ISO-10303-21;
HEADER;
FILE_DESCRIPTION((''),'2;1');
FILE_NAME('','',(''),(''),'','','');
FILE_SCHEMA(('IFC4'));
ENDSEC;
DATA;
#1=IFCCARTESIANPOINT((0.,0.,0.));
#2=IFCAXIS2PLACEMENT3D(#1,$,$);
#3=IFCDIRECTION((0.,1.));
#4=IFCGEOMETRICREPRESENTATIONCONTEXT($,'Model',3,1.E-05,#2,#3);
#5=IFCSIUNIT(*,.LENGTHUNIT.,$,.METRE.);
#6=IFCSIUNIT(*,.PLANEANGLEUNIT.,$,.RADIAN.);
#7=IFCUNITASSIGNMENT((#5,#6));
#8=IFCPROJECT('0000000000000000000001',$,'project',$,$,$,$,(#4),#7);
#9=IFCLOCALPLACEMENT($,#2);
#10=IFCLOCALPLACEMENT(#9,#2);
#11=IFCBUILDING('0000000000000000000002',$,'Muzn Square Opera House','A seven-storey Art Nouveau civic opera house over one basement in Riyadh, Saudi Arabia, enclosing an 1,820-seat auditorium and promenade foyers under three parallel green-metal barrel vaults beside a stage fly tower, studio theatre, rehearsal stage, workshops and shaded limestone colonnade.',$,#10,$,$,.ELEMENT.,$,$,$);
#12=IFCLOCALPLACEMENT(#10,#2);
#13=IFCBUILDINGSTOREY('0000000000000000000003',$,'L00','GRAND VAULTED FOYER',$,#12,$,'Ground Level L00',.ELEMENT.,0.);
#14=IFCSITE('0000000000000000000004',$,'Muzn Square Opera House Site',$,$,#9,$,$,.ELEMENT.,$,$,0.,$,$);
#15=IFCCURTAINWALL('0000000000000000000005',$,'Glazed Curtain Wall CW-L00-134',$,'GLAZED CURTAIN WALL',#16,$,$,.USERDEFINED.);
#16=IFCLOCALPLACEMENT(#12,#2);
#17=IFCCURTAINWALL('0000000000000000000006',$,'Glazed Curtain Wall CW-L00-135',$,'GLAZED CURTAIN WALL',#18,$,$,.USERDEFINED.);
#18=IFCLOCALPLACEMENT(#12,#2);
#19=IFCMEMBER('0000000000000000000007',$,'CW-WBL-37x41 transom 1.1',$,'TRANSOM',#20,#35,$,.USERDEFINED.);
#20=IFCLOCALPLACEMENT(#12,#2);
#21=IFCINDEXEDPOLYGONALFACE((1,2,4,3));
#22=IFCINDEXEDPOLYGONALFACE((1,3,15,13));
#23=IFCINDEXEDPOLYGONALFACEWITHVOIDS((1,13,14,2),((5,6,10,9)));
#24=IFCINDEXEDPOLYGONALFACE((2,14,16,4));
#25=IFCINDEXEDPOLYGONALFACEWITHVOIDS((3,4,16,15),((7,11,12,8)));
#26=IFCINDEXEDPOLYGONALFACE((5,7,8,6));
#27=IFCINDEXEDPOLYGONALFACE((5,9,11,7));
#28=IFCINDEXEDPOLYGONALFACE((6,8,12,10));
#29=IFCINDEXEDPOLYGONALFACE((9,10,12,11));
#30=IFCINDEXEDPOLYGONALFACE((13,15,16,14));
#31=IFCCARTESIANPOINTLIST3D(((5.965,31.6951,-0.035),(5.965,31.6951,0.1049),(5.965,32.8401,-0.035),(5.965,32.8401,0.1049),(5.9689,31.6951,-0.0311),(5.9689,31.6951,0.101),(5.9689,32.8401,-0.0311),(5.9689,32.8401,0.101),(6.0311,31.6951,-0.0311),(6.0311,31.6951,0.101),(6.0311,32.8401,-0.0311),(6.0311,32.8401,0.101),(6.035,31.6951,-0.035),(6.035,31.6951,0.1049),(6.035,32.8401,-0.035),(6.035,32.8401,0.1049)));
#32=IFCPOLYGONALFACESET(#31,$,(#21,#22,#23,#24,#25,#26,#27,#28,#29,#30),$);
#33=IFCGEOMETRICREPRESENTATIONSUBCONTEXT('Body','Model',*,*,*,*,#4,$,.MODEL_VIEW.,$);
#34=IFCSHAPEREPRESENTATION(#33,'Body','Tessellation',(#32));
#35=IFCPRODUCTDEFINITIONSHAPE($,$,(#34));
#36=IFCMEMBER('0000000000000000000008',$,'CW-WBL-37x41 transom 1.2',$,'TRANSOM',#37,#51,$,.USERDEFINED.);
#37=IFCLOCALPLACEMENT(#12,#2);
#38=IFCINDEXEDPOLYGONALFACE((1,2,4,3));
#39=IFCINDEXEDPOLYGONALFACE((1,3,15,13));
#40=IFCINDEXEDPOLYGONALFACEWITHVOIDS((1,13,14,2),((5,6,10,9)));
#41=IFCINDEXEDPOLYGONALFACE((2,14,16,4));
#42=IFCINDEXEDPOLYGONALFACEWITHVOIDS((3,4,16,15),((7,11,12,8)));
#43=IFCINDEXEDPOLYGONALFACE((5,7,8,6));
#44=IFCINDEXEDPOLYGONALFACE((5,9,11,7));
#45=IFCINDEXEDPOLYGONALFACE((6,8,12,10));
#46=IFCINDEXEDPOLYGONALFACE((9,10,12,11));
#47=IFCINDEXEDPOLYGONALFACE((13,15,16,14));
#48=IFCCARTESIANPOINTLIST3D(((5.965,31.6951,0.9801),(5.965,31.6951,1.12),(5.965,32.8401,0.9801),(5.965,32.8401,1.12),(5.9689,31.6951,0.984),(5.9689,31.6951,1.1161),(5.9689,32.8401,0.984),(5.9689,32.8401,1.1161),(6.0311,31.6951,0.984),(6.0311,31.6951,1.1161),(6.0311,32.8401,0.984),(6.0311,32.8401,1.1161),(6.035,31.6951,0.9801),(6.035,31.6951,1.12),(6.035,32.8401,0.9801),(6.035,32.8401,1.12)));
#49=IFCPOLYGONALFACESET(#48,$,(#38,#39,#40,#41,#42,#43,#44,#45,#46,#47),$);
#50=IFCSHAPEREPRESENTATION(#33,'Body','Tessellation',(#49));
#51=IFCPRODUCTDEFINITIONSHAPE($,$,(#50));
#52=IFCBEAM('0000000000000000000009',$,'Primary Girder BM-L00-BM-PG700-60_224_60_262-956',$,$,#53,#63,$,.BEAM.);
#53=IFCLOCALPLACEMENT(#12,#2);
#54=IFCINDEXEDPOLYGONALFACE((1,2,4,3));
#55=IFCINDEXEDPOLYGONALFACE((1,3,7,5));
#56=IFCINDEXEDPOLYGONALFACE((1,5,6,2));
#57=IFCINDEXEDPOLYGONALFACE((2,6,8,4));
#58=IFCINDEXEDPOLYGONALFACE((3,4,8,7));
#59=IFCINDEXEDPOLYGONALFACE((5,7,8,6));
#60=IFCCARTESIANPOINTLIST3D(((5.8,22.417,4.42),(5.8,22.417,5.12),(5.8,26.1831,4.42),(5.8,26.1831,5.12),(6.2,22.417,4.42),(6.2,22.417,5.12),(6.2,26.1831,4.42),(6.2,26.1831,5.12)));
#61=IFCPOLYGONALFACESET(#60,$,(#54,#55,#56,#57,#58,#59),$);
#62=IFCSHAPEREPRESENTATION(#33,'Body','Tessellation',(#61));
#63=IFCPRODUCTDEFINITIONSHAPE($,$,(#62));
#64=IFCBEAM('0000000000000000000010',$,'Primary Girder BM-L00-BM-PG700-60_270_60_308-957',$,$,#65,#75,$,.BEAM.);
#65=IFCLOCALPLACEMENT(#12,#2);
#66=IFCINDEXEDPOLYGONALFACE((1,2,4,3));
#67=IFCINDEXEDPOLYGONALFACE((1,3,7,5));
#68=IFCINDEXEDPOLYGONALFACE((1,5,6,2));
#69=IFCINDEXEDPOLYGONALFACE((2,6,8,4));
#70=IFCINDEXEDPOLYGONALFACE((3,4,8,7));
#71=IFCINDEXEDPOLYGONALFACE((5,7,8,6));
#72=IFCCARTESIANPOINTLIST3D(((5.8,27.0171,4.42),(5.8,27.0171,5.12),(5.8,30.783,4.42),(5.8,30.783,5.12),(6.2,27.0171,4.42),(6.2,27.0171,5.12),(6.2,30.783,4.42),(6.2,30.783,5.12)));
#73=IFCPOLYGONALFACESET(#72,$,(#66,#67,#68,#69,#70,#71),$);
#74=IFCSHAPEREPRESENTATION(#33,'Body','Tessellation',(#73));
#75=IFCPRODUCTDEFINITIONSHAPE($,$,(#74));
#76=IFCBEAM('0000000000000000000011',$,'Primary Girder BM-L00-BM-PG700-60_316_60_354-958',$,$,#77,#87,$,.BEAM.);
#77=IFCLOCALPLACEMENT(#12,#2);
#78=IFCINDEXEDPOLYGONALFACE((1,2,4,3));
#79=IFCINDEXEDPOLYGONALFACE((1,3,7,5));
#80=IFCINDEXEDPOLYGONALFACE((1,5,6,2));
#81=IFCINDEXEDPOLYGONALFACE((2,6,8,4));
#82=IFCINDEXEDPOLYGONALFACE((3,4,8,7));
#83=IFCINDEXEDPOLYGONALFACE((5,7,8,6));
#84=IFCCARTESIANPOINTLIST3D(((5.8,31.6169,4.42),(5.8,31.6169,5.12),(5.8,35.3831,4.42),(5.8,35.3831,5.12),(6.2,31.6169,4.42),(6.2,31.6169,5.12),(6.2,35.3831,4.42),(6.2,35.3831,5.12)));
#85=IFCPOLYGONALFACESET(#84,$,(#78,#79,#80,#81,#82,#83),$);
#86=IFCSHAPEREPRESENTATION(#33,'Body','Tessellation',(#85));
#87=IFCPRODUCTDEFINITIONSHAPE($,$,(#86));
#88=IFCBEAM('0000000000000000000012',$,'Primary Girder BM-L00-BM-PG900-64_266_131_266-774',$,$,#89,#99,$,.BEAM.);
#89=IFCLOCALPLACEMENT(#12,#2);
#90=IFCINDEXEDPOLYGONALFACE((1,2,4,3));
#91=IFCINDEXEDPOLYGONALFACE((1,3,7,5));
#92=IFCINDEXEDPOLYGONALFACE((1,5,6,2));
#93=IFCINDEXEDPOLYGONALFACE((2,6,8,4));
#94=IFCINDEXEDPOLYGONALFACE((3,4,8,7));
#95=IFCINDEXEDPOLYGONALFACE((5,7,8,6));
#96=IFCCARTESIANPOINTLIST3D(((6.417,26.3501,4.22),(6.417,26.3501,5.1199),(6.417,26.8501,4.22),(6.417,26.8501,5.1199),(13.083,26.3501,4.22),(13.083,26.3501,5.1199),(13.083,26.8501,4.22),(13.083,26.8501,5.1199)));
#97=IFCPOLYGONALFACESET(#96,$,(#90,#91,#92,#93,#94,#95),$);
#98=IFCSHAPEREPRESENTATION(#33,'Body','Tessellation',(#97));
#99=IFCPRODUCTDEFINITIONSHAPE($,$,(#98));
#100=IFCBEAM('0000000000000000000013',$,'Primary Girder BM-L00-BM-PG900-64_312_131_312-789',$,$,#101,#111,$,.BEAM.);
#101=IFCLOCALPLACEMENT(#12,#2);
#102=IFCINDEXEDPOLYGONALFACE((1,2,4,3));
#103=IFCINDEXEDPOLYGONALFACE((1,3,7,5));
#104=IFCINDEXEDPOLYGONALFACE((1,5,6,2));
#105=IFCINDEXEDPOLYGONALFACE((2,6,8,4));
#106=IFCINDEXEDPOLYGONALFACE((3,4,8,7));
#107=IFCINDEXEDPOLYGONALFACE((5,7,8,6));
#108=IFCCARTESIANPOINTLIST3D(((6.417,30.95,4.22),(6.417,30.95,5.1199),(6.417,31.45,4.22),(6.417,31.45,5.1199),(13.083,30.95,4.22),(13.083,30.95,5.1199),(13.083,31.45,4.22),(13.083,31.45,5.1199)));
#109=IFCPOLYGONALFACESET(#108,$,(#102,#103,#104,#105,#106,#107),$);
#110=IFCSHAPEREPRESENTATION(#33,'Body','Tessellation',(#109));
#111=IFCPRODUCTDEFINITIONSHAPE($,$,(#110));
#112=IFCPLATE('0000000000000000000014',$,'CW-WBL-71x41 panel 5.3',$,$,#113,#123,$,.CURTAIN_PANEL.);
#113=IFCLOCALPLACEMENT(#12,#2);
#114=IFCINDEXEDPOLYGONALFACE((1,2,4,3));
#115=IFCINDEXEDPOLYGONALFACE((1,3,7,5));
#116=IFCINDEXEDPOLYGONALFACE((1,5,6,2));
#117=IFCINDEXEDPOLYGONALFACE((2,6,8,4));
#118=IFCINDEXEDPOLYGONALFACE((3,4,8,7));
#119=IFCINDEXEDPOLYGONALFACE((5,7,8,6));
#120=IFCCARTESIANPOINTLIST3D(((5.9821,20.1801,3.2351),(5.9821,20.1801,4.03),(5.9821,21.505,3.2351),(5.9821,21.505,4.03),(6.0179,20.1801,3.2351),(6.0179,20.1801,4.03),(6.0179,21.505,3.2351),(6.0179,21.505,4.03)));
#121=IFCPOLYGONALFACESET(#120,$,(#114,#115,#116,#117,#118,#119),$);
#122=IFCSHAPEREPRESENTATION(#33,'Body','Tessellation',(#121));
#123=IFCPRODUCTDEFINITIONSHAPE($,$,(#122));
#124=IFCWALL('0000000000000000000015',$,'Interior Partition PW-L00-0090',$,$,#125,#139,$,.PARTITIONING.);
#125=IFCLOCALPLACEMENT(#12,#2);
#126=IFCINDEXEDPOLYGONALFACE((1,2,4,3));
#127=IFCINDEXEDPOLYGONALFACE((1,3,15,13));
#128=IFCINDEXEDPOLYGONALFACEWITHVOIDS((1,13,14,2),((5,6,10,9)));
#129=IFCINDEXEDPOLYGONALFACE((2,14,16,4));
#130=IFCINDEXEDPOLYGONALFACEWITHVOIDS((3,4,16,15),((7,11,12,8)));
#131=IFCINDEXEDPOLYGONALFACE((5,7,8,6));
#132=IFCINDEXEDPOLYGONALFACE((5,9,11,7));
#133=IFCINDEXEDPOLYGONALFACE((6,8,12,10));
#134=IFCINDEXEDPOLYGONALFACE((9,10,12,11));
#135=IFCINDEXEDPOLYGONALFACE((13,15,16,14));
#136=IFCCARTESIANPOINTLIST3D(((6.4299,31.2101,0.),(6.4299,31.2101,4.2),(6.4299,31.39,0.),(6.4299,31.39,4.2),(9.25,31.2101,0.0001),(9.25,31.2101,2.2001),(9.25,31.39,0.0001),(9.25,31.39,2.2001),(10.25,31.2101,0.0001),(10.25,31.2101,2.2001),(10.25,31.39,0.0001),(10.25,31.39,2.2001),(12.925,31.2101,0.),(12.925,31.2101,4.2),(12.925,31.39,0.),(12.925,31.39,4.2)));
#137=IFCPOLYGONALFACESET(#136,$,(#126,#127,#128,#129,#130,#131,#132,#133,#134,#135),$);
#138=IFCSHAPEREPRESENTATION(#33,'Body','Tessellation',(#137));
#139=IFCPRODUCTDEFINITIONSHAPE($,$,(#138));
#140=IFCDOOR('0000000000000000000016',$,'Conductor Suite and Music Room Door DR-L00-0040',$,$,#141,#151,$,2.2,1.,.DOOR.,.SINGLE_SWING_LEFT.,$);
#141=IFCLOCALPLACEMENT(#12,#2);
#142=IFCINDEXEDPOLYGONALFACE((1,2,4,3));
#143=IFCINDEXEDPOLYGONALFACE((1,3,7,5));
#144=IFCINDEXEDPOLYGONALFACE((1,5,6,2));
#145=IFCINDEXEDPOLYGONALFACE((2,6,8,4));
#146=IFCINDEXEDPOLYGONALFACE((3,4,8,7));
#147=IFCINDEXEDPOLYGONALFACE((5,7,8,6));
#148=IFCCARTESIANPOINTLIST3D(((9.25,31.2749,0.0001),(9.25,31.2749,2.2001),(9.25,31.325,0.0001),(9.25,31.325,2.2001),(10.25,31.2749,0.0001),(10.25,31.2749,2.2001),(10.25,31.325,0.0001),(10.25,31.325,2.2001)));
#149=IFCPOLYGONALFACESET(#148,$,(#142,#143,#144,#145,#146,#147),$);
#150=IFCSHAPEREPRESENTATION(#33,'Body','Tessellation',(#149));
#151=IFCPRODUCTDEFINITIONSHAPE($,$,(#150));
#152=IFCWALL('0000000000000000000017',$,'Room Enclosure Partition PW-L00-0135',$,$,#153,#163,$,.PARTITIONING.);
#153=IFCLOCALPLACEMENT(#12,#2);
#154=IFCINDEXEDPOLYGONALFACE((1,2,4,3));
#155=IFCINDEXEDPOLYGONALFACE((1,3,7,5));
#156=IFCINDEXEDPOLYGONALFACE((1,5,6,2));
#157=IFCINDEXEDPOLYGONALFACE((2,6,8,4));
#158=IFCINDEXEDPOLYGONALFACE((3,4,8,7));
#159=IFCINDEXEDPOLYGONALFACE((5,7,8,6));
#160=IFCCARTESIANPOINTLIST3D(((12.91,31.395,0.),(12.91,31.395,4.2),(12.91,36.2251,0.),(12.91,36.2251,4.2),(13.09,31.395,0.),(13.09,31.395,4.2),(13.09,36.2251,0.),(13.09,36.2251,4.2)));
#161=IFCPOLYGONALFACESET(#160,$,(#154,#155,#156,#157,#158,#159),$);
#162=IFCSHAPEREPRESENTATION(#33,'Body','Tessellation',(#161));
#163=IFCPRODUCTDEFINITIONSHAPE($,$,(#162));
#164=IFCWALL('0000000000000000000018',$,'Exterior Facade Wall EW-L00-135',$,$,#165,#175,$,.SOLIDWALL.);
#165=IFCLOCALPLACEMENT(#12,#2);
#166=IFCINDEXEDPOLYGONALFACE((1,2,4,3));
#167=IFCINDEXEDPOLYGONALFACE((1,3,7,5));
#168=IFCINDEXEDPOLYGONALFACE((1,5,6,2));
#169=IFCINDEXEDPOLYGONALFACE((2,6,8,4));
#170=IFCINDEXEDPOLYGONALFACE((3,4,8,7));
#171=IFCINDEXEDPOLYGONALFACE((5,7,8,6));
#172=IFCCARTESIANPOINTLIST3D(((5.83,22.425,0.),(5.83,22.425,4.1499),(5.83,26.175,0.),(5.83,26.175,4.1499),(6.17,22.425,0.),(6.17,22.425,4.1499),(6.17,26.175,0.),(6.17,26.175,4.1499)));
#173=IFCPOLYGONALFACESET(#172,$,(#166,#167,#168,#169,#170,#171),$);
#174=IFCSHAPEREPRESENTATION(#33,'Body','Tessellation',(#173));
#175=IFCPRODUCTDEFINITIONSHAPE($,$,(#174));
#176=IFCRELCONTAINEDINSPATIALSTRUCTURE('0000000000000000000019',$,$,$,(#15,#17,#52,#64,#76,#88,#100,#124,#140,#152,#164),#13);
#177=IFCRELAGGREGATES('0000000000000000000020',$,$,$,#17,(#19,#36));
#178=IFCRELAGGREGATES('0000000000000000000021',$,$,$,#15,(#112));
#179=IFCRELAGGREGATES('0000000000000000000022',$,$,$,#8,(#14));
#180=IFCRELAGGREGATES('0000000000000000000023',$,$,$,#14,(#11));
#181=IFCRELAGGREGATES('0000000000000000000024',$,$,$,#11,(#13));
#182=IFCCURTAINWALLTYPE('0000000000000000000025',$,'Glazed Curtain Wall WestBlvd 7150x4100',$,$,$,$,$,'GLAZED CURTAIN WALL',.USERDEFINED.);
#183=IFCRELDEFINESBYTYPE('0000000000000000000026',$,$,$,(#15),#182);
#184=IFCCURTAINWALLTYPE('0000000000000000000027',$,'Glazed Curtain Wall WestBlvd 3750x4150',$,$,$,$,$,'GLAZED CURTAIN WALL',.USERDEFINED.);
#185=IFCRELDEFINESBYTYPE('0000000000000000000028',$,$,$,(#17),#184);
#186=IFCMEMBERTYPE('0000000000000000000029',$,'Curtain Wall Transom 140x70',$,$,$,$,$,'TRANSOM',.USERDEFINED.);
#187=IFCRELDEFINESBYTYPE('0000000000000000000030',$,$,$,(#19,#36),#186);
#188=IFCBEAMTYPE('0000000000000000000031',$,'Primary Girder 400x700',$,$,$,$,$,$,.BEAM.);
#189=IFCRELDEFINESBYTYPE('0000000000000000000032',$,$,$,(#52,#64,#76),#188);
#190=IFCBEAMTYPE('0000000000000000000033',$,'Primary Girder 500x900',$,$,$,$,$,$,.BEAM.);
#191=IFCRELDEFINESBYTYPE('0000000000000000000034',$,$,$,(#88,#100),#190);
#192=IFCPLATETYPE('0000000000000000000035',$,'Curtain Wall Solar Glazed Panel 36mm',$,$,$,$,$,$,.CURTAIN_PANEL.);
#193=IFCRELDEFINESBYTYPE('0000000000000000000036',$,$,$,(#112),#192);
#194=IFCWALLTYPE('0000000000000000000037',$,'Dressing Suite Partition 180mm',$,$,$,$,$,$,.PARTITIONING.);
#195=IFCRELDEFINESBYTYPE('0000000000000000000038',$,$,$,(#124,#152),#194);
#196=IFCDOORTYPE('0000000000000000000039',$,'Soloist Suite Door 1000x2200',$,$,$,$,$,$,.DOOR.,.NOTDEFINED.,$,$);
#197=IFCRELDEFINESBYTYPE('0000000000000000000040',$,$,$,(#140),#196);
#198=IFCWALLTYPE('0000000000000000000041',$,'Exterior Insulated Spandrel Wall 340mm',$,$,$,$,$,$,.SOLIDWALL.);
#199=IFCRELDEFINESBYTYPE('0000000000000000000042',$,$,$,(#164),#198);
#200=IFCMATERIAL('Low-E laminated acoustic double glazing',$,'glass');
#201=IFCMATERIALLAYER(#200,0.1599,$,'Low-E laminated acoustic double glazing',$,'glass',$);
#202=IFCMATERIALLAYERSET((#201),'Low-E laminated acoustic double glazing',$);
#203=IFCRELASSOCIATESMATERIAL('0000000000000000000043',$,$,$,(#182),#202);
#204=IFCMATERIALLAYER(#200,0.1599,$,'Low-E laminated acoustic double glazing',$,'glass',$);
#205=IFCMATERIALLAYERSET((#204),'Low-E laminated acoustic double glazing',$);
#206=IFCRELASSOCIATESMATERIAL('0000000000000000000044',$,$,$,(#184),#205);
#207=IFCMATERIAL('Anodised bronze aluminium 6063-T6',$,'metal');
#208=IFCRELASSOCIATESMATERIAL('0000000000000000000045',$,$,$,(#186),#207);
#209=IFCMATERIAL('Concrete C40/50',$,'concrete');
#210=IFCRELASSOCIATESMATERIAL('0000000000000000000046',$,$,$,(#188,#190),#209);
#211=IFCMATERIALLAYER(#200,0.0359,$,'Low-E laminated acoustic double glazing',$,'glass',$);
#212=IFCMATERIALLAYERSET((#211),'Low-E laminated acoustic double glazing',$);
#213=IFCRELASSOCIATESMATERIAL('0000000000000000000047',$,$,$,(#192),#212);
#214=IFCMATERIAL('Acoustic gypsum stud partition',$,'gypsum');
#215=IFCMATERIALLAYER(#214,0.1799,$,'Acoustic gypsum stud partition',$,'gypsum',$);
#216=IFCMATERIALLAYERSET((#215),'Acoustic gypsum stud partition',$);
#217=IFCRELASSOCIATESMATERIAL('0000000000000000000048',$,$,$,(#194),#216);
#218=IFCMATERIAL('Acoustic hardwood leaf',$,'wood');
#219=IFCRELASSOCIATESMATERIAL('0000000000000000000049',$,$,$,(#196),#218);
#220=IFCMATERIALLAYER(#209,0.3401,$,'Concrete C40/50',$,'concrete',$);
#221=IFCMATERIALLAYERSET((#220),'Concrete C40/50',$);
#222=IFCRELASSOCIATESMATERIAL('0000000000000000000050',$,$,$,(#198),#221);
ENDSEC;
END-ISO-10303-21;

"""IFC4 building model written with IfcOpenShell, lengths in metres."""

from ifc_helpers import new_model, si_unit, direction, frame, frame_2d, origin, origin_2d, place, context, subcontext, project, spatial, rectangle, hollow_rectangle, extrude, material, layer, layer_set, material_profile, profile_set, type_object, element, fill, aggregate, save


model = new_model("IFC4")

# Units and contexts
model_context = context("Model", 3, precision=1e-05, world=origin(), true_north=direction((0.0, 1.0)))
body_context = subcontext(model_context, "Body", "Model", "MODEL_VIEW")
ifc_project = project(units=[si_unit("LENGTHUNIT", "METRE"), si_unit("PLANEANGLEUNIT", "RADIAN")], contexts=[model_context])

# Site, building, storey
site_placement = place(None, origin())
site = spatial("IfcSite", under=ifc_project, at=site_placement, Name="Muzn Square Opera House Site", CompositionType="ELEMENT", RefElevation=0.0)
building_placement = place(site_placement, origin())
building = spatial("IfcBuilding", under=site, at=building_placement, Name="Muzn Square Opera House", Description="A seven-storey Art Nouveau civic opera house over one basement in Riyadh, Saudi Arabia, enclosing an 1,820-seat auditorium and promenade foyers under three parallel green-metal barrel vaults beside a stage fly tower, studio theatre, rehearsal stage, workshops and shaded limestone colonnade.", CompositionType="ELEMENT")
storey_placement = place(building_placement, origin())
storey = spatial("IfcBuildingStorey", under=building, at=storey_placement, Name="L00", Description="GRAND VAULTED FOYER", LongName="Ground Level L00", CompositionType="ELEMENT", Elevation=0.0)

# Curtain wall
ifc_material_1 = material(Name="Low-E laminated acoustic double glazing", Category="glass")
ifc_layer_1 = layer(ifc_material_1, 0.1599, Name="Low-E laminated acoustic double glazing", Category="glass")
ifc_layer_set_1 = layer_set([ifc_layer_1], Name="Low-E laminated acoustic double glazing")
curtain_wall_type_1 = type_object("IfcCurtainWallType", Name="Glazed Curtain Wall WestBlvd 7150x4100", ElementType="GLAZED CURTAIN WALL", PredefinedType="USERDEFINED", material=ifc_layer_set_1)
curtain_wall_1_placement = place(storey_placement, origin())
curtain_wall_1 = element("IfcCurtainWall", 1, at=curtain_wall_1_placement, inside=storey, type_object=curtain_wall_type_1, Name="Glazed Curtain Wall CW-L00-134", ObjectType="GLAZED CURTAIN WALL", PredefinedType="USERDEFINED")
ifc_material_2 = material(Name="Anodised bronze aluminium 6063-T6", Category="metal")

# Curtain wall, members
ifc_layer_2 = layer(ifc_material_1, 0.1599, Name="Low-E laminated acoustic double glazing", Category="glass")
ifc_layer_set_2 = layer_set([ifc_layer_2], Name="Low-E laminated acoustic double glazing")
curtain_wall_type_2 = type_object("IfcCurtainWallType", Name="Glazed Curtain Wall WestBlvd 3750x4150", ElementType="GLAZED CURTAIN WALL", PredefinedType="USERDEFINED", material=ifc_layer_set_2)
curtain_wall_2_placement = place(storey_placement, origin())
curtain_wall_2 = element("IfcCurtainWall", 2, at=curtain_wall_2_placement, inside=storey, type_object=curtain_wall_type_2, Name="Glazed Curtain Wall CW-L00-135", ObjectType="GLAZED CURTAIN WALL", PredefinedType="USERDEFINED")
ifc_material_profile_1 = material_profile(ifc_material_2, hollow_rectangle(XDim=0.0701, YDim=0.1399, WallThickness=0.0039, at=origin_2d()), Name="ALU 140x70x4", Category="metal")
ifc_profile_set_1 = profile_set([ifc_material_profile_1], Name="Anodised bronze aluminium 6063-T6")
member_type_1 = type_object("IfcMemberType", Name="Curtain Wall Transom 140x70", ElementType="TRANSOM", PredefinedType="USERDEFINED", material=ifc_profile_set_1)
member_1_placement = place(storey_placement, frame((6.0, 31.6951, 0.0349), z_axis=(0.0, 1.0, 0.0), x_axis=(-1.0, 0.0, 0.0)))
member_1 = element("IfcMember", 3, at=member_1_placement, type_object=member_type_1, Name="CW-WBL-37x41 transom 1.1", ObjectType="TRANSOM", PredefinedType="USERDEFINED", context=body_context, shape_type="SweptSolid", body=[
    extrude(hollow_rectangle(XDim=0.0701, YDim=0.1399, WallThickness=0.0039, at=origin_2d()), origin(), (0.0, 0.0, 1.0), 1.145),
])
member_2_placement = place(storey_placement, frame((6.0, 31.6951, 1.05), z_axis=(0.0, 1.0, 0.0), x_axis=(-1.0, 0.0, 0.0)))
member_2 = element("IfcMember", 4, at=member_2_placement, type_object=member_type_1, Name="CW-WBL-37x41 transom 1.2", ObjectType="TRANSOM", PredefinedType="USERDEFINED", context=body_context, shape_type="SweptSolid", body=[
    extrude(hollow_rectangle(XDim=0.0701, YDim=0.1399, WallThickness=0.0039, at=origin_2d()), origin(), (0.0, 0.0, 1.0), 1.145),
])
aggregate(curtain_wall_2, [member_1, member_2])

# Beams
ifc_material_3 = material(Name="Concrete C40/50", Category="concrete")
ifc_material_profile_2 = material_profile(ifc_material_3, rectangle(XDim=0.3999, YDim=0.7, at=origin_2d()), Name="RCB 400x700", Category="concrete")
ifc_profile_set_2 = profile_set([ifc_material_profile_2], Name="Concrete C40/50")
beam_type_1 = type_object("IfcBeamType", Name="Primary Girder 400x700", PredefinedType="BEAM", material=ifc_profile_set_2)
beam_1_placement = place(storey_placement, frame((6.0, 22.417, 4.77), z_axis=(0.0, 1.0, 0.0), x_axis=(-1.0, 0.0, 0.0)))
element("IfcBeam", 5, at=beam_1_placement, inside=storey, type_object=beam_type_1, Name="Primary Girder BM-L00-BM-PG700-60_224_60_262-956", PredefinedType="BEAM", context=body_context, shape_type="SweptSolid", body=[
    extrude(rectangle(XDim=0.3999, YDim=0.7, at=origin_2d()), origin(), (0.0, 0.0, 1.0), 3.7661),
])
beam_2_placement = place(storey_placement, frame((6.0, 27.0171, 4.77), z_axis=(0.0, 1.0, 0.0), x_axis=(-1.0, 0.0, 0.0)))
element("IfcBeam", 6, at=beam_2_placement, inside=storey, type_object=beam_type_1, Name="Primary Girder BM-L00-BM-PG700-60_270_60_308-957", PredefinedType="BEAM", context=body_context, shape_type="SweptSolid", body=[
    extrude(rectangle(XDim=0.3999, YDim=0.7, at=origin_2d()), origin(), (0.0, 0.0, 1.0), 3.7659),
])
beam_3_placement = place(storey_placement, frame((6.0, 31.6169, 4.77), z_axis=(0.0, 1.0, 0.0), x_axis=(-1.0, 0.0, 0.0)))
element("IfcBeam", 7, at=beam_3_placement, inside=storey, type_object=beam_type_1, Name="Primary Girder BM-L00-BM-PG700-60_316_60_354-958", PredefinedType="BEAM", context=body_context, shape_type="SweptSolid", body=[
    extrude(rectangle(XDim=0.3999, YDim=0.7, at=origin_2d()), origin(), (0.0, 0.0, 1.0), 3.7661),
])
ifc_material_profile_3 = material_profile(ifc_material_3, rectangle(XDim=0.5, YDim=0.8999, at=origin_2d()), Name="RCB 500x900", Category="concrete")
ifc_profile_set_3 = profile_set([ifc_material_profile_3], Name="Concrete C40/50")
beam_type_2 = type_object("IfcBeamType", Name="Primary Girder 500x900", PredefinedType="BEAM", material=ifc_profile_set_3)
for number, where, z_axis, x_axis, name in (
    (8, (6.417, 26.6001, 4.6699), (1.0, 0.0, 0.0), (0.0, 1.0, 0.0), "Primary Girder BM-L00-BM-PG900-64_266_131_266-774"),
    (9, (6.417, 31.2, 4.6699), (1.0, 0.0, 0.0), (0.0, 1.0, 0.0), "Primary Girder BM-L00-BM-PG900-64_312_131_312-789"),
):
    element("IfcBeam", number, at=place(storey_placement, frame(where, z_axis=z_axis, x_axis=x_axis)), inside=storey, type_object=beam_type_2, Name=name, PredefinedType="BEAM", context=body_context, shape_type="SweptSolid", body=[
        extrude(rectangle(XDim=0.5, YDim=0.8999, at=origin_2d()), origin(), (0.0, 0.0, 1.0), 6.666),
    ])

# Plate
ifc_layer_3 = layer(ifc_material_1, 0.0359, Name="Low-E laminated acoustic double glazing", Category="glass")
ifc_layer_set_3 = layer_set([ifc_layer_3], Name="Low-E laminated acoustic double glazing")
plate_type = type_object("IfcPlateType", Name="Curtain Wall Solar Glazed Panel 36mm", PredefinedType="CURTAIN_PANEL", material=ifc_layer_set_3)
plate_placement = place(storey_placement, frame((6.0, 20.8425, 3.2351), z_axis=(0.0, 0.0, 1.0), x_axis=(0.0, 1.0, 0.0)))
plate = element("IfcPlate", 10, at=plate_placement, type_object=plate_type, Name="CW-WBL-71x41 panel 5.3", PredefinedType="CURTAIN_PANEL", context=body_context, shape_type="SweptSolid", body=[
    extrude(rectangle(XDim=1.325, YDim=0.0359, at=origin_2d()), origin(), (0.0, 0.0, 1.0), 0.7949),
])
aggregate(curtain_wall_1, [plate])

# Wall, opening, door
ifc_material_4 = material(Name="Acoustic gypsum stud partition", Category="gypsum")
ifc_layer_4 = layer(ifc_material_4, 0.1799, Name="Acoustic gypsum stud partition", Category="gypsum")
ifc_layer_set_4 = layer_set([ifc_layer_4], Name="Acoustic gypsum stud partition")
wall_type_1 = type_object("IfcWallType", Name="Dressing Suite Partition 180mm", PredefinedType="PARTITIONING", material=ifc_layer_set_4)
wall_1_placement = place(storey_placement, frame((6.4299, 31.3, 0.0), z_axis=(0.0, 0.0, 1.0), x_axis=(1.0, 0.0, 0.0)))
wall_1 = element("IfcWall", 11, at=wall_1_placement, inside=storey, type_object=wall_type_1, Name="Interior Partition PW-L00-0090", PredefinedType="PARTITIONING", context=body_context, shape_type="SweptSolid", body=[
    extrude(rectangle(XDim=6.4951, YDim=0.1799, at=frame_2d((3.2476, 0.0))), origin(), (0.0, 0.0, 1.0), 4.2),
])
opening_1_placement = place(wall_1_placement, frame((2.8201, 0.0, 0.0)))
opening_1 = element("IfcOpeningElement", 12, at=opening_1_placement, cuts=wall_1, PredefinedType="OPENING", context=body_context, shape_type="SweptSolid", body=[
    extrude(rectangle(XDim=1.0, YDim=2.2, at=frame_2d((0.5, 1.1001))), frame((0.0, 0.0999, 0.0), z_axis=(0.0, -1.0, 0.0), x_axis=(1.0, 0.0, 0.0)), (0.0, 0.0, 1.0), 0.2),
])
ifc_material_5 = material(Name="Acoustic hardwood leaf", Category="wood")
door_type_1 = type_object("IfcDoorType", Name="Soloist Suite Door 1000x2200", OperationType="NOTDEFINED", PredefinedType="DOOR", material=ifc_material_5)
door_1_placement = place(opening_1_placement, origin())
door_1 = element("IfcDoor", 13, at=door_1_placement, inside=storey, type_object=door_type_1, Name="Conductor Suite and Music Room Door DR-L00-0040", OperationType="SINGLE_SWING_LEFT", OverallHeight=2.2, OverallWidth=1.0, PredefinedType="DOOR", context=body_context, shape_type="SweptSolid", body=[
    extrude(rectangle(XDim=1.0, YDim=2.2, at=frame_2d((0.5, 1.1001))), frame((0.0, 0.0249, 0.0), z_axis=(0.0, -1.0, 0.0), x_axis=(1.0, 0.0, 0.0)), (0.0, 0.0, 1.0), 0.05),
])
fill(opening_1, door_1)

# Walls
wall_2_placement = place(storey_placement, frame((13.0, 31.395, 0.0), z_axis=(0.0, 0.0, 1.0), x_axis=(0.0, 1.0, 0.0)))
element("IfcWall", 14, at=wall_2_placement, inside=storey, type_object=wall_type_1, Name="Room Enclosure Partition PW-L00-0135", PredefinedType="PARTITIONING", context=body_context, shape_type="SweptSolid", body=[
    extrude(rectangle(XDim=4.8301, YDim=0.1799, at=frame_2d((2.415, 0.0))), origin(), (0.0, 0.0, 1.0), 4.2),
])
ifc_layer_5 = layer(ifc_material_3, 0.3401, Name="Concrete C40/50", Category="concrete")
ifc_layer_set_5 = layer_set([ifc_layer_5], Name="Concrete C40/50")
wall_type_2 = type_object("IfcWallType", Name="Exterior Insulated Spandrel Wall 340mm", PredefinedType="SOLIDWALL", material=ifc_layer_set_5)
wall_3_placement = place(storey_placement, frame((6.0, 22.425, 0.0), z_axis=(0.0, 0.0, 1.0), x_axis=(0.0, 1.0, 0.0)))
element("IfcWall", 15, at=wall_3_placement, inside=storey, type_object=wall_type_2, Name="Exterior Facade Wall EW-L00-135", PredefinedType="SOLIDWALL", context=body_context, shape_type="SweptSolid", body=[
    extrude(rectangle(XDim=3.75, YDim=0.3401, at=frame_2d((1.875, 0.0))), origin(), (0.0, 0.0, 1.0), 4.1499),
])

save(model, "model.ifc")
